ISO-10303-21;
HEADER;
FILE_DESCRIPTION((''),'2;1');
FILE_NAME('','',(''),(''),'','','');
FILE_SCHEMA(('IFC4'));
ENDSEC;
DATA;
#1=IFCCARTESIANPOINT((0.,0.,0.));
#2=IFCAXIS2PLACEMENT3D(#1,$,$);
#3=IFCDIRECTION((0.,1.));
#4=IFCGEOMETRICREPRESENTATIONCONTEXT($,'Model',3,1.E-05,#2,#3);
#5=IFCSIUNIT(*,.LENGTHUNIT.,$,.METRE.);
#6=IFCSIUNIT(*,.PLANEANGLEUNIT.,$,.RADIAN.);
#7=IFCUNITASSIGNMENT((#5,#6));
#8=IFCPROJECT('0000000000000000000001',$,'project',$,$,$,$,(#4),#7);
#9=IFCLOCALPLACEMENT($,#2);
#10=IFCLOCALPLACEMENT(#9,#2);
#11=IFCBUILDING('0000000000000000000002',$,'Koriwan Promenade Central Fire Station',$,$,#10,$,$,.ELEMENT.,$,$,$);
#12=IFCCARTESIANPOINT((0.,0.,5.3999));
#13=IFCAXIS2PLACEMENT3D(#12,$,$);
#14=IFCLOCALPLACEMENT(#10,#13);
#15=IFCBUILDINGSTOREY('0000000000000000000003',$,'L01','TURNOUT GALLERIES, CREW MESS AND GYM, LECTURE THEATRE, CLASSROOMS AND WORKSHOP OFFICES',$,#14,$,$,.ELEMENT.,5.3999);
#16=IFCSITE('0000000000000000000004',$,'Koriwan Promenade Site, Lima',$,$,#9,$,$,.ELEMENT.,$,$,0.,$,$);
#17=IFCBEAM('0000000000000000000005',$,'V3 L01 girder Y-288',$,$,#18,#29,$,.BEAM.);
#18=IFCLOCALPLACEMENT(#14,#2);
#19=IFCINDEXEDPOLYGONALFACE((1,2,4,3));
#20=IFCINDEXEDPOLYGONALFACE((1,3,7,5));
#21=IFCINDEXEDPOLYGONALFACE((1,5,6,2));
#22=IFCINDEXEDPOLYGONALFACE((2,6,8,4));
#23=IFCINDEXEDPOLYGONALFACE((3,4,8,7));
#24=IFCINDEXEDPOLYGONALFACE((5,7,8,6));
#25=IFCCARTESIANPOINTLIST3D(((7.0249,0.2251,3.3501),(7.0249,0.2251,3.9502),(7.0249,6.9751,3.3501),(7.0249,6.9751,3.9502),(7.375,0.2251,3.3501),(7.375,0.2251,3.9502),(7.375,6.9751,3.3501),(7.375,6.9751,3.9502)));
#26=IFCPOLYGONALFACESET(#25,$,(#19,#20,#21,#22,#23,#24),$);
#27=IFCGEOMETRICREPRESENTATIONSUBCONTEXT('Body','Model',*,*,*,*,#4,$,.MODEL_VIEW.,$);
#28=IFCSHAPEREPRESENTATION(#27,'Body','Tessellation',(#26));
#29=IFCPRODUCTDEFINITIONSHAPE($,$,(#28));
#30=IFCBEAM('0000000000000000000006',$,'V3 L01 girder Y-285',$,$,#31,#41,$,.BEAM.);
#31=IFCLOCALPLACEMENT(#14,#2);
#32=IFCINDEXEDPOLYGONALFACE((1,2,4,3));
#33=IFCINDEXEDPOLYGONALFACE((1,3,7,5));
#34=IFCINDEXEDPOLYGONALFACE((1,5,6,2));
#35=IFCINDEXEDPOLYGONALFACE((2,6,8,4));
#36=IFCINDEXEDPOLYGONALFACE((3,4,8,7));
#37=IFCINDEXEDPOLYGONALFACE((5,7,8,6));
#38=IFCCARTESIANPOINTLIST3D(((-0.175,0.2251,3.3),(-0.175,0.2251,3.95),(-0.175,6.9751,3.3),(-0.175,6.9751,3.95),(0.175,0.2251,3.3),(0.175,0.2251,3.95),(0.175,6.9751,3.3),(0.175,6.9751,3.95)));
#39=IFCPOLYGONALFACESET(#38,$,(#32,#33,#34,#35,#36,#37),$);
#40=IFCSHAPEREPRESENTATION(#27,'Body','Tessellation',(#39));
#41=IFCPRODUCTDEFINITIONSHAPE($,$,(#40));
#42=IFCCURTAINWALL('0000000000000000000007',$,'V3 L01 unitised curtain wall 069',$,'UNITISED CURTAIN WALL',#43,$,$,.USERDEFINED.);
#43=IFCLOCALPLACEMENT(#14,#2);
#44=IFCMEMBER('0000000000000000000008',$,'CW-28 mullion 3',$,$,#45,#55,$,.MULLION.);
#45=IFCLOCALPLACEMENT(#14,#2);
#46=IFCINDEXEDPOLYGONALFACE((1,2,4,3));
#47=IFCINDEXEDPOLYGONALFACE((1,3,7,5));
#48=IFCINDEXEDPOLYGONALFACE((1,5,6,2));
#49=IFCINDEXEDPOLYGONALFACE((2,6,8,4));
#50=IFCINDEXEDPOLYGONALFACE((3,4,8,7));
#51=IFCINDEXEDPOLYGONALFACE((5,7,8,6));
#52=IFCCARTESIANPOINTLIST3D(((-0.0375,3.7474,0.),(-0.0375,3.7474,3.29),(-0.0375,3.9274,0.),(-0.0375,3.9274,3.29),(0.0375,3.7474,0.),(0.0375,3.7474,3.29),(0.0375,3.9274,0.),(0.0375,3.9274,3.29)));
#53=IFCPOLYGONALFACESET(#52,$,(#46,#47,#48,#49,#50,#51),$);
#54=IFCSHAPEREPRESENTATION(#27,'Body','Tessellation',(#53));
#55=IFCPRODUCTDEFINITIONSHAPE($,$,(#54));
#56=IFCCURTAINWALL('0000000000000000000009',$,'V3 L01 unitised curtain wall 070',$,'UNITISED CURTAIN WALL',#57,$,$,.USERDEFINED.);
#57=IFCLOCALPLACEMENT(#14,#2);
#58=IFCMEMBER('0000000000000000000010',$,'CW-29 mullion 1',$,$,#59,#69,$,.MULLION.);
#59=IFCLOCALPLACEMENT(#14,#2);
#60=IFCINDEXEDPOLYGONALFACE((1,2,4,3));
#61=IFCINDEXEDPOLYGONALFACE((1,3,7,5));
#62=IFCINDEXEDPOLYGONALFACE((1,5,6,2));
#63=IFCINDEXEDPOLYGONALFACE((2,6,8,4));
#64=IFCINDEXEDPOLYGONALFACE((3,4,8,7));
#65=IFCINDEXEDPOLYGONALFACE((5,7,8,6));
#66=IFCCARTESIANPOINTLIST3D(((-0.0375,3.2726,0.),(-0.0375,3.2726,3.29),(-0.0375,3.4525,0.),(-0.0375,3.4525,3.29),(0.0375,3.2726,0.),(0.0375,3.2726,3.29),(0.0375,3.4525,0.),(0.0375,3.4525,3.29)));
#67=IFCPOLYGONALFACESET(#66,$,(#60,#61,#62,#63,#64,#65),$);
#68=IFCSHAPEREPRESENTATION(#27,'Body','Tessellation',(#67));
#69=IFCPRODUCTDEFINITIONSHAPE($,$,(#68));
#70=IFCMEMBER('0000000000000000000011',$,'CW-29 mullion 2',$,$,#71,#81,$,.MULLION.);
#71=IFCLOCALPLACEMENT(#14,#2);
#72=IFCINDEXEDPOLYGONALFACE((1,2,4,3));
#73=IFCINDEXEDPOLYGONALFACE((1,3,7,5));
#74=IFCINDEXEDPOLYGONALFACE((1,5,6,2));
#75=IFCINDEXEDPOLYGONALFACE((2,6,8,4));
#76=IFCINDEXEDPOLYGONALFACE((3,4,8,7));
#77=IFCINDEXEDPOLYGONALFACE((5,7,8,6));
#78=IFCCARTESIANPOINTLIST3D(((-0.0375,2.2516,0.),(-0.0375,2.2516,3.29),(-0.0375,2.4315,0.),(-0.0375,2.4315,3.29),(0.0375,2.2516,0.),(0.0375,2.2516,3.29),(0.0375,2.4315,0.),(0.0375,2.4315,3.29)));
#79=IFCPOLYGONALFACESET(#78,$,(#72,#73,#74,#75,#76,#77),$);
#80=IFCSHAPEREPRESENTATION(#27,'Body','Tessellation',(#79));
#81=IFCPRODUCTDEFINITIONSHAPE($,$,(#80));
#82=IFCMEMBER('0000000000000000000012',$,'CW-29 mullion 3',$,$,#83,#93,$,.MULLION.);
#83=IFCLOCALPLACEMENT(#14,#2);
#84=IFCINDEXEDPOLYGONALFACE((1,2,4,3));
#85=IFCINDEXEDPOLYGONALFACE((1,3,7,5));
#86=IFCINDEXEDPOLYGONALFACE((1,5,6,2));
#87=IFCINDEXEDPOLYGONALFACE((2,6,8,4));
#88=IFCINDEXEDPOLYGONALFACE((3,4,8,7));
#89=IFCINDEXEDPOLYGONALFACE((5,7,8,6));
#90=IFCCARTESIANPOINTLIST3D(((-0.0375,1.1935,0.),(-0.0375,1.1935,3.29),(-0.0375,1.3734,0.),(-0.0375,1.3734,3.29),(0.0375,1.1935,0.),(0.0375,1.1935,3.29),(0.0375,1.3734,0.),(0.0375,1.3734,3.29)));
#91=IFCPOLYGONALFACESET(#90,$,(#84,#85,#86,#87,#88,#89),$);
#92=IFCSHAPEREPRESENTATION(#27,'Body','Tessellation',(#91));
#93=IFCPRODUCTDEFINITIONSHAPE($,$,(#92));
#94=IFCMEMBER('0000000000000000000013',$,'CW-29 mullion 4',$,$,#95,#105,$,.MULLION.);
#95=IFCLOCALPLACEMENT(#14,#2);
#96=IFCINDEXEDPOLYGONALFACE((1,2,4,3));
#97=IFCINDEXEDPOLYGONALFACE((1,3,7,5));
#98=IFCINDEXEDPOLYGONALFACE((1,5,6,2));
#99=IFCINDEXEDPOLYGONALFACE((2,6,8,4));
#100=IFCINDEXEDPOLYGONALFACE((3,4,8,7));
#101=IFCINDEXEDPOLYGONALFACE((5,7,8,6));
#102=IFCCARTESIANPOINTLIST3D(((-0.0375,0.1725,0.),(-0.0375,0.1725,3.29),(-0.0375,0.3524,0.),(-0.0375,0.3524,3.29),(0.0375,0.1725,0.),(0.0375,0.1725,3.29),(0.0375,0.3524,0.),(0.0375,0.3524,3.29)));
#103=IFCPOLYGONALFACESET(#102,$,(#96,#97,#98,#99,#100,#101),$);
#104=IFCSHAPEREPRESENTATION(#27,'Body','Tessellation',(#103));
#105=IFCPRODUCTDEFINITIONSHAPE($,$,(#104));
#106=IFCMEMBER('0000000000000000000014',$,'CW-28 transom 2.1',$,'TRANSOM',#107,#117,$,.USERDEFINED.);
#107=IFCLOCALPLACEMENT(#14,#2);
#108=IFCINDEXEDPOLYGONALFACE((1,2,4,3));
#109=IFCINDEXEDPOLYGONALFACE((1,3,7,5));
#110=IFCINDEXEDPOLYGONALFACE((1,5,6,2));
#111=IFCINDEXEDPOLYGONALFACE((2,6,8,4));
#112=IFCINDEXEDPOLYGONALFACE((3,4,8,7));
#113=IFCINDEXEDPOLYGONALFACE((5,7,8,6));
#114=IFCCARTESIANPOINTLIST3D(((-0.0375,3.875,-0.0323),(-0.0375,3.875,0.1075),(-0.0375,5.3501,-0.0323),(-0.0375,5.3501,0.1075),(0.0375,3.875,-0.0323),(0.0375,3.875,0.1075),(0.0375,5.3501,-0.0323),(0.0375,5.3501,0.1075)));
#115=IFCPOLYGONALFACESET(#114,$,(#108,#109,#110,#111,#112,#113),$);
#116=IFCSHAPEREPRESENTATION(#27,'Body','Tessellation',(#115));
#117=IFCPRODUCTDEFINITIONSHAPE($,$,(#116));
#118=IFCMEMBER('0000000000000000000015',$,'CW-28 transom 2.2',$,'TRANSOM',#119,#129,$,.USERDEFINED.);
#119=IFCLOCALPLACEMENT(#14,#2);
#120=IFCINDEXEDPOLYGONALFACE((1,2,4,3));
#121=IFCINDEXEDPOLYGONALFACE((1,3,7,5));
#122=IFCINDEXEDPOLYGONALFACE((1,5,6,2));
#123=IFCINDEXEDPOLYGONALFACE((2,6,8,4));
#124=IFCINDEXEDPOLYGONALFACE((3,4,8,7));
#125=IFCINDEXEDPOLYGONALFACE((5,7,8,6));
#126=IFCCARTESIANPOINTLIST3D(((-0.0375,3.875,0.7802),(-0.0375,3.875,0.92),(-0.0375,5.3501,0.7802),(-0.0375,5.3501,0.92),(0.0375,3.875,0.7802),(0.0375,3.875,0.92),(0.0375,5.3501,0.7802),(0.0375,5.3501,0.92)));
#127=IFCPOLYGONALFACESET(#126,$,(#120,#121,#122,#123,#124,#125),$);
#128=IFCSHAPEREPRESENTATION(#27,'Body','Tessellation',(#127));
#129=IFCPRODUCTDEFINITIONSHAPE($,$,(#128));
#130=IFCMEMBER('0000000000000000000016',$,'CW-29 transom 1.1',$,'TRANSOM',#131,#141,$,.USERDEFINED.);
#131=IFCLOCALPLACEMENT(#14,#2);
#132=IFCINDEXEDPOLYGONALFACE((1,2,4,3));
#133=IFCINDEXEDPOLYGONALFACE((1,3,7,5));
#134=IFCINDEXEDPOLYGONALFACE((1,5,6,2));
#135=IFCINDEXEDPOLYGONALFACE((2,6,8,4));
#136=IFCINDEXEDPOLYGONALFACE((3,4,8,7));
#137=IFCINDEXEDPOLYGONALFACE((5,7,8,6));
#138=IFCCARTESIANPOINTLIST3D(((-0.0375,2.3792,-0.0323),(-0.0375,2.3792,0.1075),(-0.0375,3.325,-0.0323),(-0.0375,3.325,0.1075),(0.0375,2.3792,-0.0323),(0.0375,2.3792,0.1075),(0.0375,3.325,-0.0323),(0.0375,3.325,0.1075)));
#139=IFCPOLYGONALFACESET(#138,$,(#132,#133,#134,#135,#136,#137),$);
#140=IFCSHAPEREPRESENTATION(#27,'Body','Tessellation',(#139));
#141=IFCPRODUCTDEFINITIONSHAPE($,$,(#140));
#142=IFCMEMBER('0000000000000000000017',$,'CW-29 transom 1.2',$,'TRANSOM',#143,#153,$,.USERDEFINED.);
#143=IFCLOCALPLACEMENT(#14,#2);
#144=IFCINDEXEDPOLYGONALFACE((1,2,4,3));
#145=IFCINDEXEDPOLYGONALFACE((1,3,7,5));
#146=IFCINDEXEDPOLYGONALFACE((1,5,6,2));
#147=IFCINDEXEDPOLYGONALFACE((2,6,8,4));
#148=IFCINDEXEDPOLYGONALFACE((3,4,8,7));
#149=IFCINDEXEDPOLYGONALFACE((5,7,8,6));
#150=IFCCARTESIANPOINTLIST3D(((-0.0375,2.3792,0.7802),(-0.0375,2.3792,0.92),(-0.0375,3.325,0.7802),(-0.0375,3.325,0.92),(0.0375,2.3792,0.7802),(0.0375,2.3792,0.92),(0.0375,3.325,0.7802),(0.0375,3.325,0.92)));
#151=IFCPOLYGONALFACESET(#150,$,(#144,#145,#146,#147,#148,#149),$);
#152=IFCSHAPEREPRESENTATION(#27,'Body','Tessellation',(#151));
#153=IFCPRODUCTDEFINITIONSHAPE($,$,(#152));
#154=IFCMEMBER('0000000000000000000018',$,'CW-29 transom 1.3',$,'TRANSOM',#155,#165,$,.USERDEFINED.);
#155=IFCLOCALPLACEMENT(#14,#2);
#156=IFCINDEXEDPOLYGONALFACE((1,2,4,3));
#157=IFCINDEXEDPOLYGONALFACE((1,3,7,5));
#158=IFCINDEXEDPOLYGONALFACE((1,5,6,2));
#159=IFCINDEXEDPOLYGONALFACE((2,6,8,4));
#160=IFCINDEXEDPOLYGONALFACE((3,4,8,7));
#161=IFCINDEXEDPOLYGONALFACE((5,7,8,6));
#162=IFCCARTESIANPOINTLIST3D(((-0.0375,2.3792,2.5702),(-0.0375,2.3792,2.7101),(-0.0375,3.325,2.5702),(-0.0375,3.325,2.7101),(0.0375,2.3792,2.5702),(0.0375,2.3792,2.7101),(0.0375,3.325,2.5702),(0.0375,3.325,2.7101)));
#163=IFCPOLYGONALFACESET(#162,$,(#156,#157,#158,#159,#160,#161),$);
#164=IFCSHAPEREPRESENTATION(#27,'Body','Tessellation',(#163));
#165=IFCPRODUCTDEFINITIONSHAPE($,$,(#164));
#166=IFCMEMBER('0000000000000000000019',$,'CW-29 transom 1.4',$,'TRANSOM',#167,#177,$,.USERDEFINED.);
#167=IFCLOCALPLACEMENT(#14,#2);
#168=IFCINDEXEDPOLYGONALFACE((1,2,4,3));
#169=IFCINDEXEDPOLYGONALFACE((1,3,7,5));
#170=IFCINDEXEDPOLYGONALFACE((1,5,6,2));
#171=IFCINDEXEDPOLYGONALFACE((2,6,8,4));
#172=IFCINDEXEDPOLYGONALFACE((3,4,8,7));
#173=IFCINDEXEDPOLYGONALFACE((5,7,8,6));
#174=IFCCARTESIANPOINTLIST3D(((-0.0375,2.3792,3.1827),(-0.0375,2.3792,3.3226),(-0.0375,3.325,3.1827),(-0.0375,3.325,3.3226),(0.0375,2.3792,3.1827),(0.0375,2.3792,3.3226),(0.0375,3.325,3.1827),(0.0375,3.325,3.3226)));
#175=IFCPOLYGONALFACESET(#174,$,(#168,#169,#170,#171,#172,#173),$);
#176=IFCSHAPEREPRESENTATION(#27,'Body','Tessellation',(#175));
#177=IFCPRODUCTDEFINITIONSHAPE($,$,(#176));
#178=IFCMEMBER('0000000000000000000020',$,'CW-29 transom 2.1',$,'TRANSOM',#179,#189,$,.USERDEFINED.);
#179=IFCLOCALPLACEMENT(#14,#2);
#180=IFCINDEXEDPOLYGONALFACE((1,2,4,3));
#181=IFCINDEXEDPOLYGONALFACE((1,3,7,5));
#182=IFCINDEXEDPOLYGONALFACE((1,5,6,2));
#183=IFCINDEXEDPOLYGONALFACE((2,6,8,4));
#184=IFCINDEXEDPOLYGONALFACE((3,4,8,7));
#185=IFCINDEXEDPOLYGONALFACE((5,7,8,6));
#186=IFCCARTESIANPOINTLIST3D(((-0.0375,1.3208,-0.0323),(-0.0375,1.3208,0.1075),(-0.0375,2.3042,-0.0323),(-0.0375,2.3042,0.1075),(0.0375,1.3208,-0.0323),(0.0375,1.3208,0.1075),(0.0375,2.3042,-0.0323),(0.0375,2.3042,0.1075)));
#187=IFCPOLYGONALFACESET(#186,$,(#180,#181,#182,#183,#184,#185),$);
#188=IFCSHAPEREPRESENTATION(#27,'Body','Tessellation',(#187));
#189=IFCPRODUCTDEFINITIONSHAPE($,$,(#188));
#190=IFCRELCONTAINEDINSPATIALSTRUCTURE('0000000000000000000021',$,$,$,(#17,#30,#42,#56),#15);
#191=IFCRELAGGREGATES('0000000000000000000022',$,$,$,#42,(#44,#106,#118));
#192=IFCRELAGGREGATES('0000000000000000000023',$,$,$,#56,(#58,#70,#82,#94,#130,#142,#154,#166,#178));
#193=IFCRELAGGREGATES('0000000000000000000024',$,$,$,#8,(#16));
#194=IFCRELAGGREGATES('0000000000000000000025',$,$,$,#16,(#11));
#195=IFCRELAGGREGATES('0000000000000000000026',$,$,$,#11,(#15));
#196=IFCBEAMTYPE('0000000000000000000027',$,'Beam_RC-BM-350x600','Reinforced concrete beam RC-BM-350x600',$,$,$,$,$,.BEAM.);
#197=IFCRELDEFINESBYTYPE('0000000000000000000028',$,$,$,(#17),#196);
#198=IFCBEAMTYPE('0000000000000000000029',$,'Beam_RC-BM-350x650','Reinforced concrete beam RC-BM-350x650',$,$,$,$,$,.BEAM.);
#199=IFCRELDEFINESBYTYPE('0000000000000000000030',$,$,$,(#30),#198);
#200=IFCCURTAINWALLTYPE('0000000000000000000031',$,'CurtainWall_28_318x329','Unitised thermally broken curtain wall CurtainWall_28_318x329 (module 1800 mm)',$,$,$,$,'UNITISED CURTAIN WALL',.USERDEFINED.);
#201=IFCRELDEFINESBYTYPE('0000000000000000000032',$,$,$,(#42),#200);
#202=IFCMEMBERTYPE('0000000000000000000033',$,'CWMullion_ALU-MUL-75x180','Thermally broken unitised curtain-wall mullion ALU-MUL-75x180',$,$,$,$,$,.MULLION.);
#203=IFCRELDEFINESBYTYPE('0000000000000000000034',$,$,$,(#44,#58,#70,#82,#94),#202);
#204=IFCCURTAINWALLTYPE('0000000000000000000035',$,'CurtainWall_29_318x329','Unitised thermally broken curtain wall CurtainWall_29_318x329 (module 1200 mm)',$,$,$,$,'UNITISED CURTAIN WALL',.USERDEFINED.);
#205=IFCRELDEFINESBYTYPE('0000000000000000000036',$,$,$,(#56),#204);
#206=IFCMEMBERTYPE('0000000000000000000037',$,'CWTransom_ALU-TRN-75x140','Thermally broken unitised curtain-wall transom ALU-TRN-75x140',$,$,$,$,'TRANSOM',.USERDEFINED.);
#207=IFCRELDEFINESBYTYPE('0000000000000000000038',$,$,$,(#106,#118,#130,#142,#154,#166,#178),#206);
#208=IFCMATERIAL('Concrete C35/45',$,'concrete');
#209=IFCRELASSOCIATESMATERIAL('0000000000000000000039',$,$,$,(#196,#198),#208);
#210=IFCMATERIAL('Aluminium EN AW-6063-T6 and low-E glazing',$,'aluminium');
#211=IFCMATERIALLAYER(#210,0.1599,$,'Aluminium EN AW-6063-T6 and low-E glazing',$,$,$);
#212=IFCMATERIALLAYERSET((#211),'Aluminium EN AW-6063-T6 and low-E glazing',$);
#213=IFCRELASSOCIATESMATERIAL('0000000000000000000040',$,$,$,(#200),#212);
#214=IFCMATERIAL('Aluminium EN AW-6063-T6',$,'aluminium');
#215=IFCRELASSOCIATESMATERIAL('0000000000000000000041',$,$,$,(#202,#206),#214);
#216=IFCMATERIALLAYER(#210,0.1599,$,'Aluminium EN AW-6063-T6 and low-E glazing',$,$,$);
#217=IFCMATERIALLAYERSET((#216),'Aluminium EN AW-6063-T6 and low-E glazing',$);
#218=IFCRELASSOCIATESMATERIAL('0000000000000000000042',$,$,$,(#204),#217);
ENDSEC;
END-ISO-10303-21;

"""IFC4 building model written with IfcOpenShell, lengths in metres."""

from ifc_helpers import new_model, si_unit, direction, frame, origin, origin_2d, place, context, subcontext, project, spatial, rectangle, extrude, material, layer, layer_set, material_profile, profile_set, type_object, element, aggregate, save


model = new_model("IFC4")

# Units and contexts
model_context = context("Model", 3, precision=1e-05, world=origin(), true_north=direction((0.0, 1.0)))
body_context = subcontext(model_context, "Body", "Model", "MODEL_VIEW")
ifc_project = project(units=[si_unit("LENGTHUNIT", "METRE"), si_unit("PLANEANGLEUNIT", "RADIAN")], contexts=[model_context])

# Site, building, storey
site_placement = place(None, origin())
site = spatial("IfcSite", under=ifc_project, at=site_placement, Name="Koriwan Promenade Site, Lima", CompositionType="ELEMENT", RefElevation=0.0)
building_placement = place(site_placement, origin())
building = spatial("IfcBuilding", under=site, at=building_placement, Name="Koriwan Promenade Central Fire Station", CompositionType="ELEMENT")
storey_placement = place(building_placement, frame((0.0, 0.0, 5.3999)))
storey = spatial("IfcBuildingStorey", under=building, at=storey_placement, Name="L01", Description="TURNOUT GALLERIES, CREW MESS AND GYM, LECTURE THEATRE, CLASSROOMS AND WORKSHOP OFFICES", CompositionType="ELEMENT", Elevation=5.3999)

# Beams
ifc_material_1 = material(Name="Concrete C35/45", Category="concrete")
ifc_material_profile_1 = material_profile(ifc_material_1, rectangle(XDim=0.3501, YDim=0.6001, at=origin_2d()), Name="RC-BM-350x600")
ifc_profile_set_1 = profile_set([ifc_material_profile_1], Name="Concrete C35/45")
beam_type_1 = type_object("IfcBeamType", Name="Beam_RC-BM-350x600", Description="Reinforced concrete beam RC-BM-350x600", PredefinedType="BEAM", material=ifc_profile_set_1)
beam_1_placement = place(storey_placement, frame((7.2, 0.2251, 3.6501), z_axis=(0.0, 1.0, 0.0), x_axis=(-1.0, 0.0, 0.0)))
element("IfcBeam", 1, at=beam_1_placement, inside=storey, type_object=beam_type_1, Name="V3 L01 girder Y-288", PredefinedType="BEAM", context=body_context, shape_type="SweptSolid", body=[
    extrude(rectangle(XDim=0.3501, YDim=0.6001, at=origin_2d()), origin(), (0.0, 0.0, 1.0), 6.75),
])
ifc_material_profile_2 = material_profile(ifc_material_1, rectangle(XDim=0.3501, YDim=0.6499, at=origin_2d()), Name="RC-BM-350x650")
ifc_profile_set_2 = profile_set([ifc_material_profile_2], Name="Concrete C35/45")
beam_type_2 = type_object("IfcBeamType", Name="Beam_RC-BM-350x650", Description="Reinforced concrete beam RC-BM-350x650", PredefinedType="BEAM", material=ifc_profile_set_2)
beam_2_placement = place(storey_placement, frame((0.0, 0.2251, 3.625), z_axis=(0.0, 1.0, 0.0), x_axis=(-1.0, 0.0, 0.0)))
element("IfcBeam", 2, at=beam_2_placement, inside=storey, type_object=beam_type_2, Name="V3 L01 girder Y-285", PredefinedType="BEAM", context=body_context, shape_type="SweptSolid", body=[
    extrude(rectangle(XDim=0.3501, YDim=0.6499, at=origin_2d()), origin(), (0.0, 0.0, 1.0), 6.75),
])

# Curtain wall, member
ifc_material_2 = material(Name="Aluminium EN AW-6063-T6 and low-E glazing", Category="aluminium")
ifc_layer_1 = layer(ifc_material_2, 0.1599, Name="Aluminium EN AW-6063-T6 and low-E glazing")
ifc_layer_set_1 = layer_set([ifc_layer_1], Name="Aluminium EN AW-6063-T6 and low-E glazing")
curtain_wall_type_1 = type_object("IfcCurtainWallType", Name="CurtainWall_28_318x329", Description="Unitised thermally broken curtain wall CurtainWall_28_318x329 (module 1800 mm)", ElementType="UNITISED CURTAIN WALL", PredefinedType="USERDEFINED", material=ifc_layer_set_1)
curtain_wall_1_placement = place(storey_placement, origin())
curtain_wall_1 = element("IfcCurtainWall", 3, at=curtain_wall_1_placement, inside=storey, type_object=curtain_wall_type_1, Name="V3 L01 unitised curtain wall 069", ObjectType="UNITISED CURTAIN WALL", PredefinedType="USERDEFINED")
ifc_material_3 = material(Name="Aluminium EN AW-6063-T6", Category="aluminium")
ifc_material_profile_3 = material_profile(ifc_material_3, rectangle(XDim=0.075, YDim=0.1799, at=origin_2d()), Name="ALU-MUL-75x180")
ifc_profile_set_3 = profile_set([ifc_material_profile_3], Name="Aluminium EN AW-6063-T6")
member_type_1 = type_object("IfcMemberType", Name="CWMullion_ALU-MUL-75x180", Description="Thermally broken unitised curtain-wall mullion ALU-MUL-75x180", PredefinedType="MULLION", material=ifc_profile_set_3)
member_1_placement = place(storey_placement, frame((0.0, 3.8374, 0.0), z_axis=(0.0, 0.0, 1.0), x_axis=(1.0, 0.0, 0.0)))
member_1 = element("IfcMember", 4, at=member_1_placement, type_object=member_type_1, Name="CW-28 mullion 3", PredefinedType="MULLION", context=body_context, shape_type="SweptSolid", body=[
    extrude(rectangle(XDim=0.075, YDim=0.1799, at=origin_2d()), origin(), (0.0, 0.0, 1.0), 3.29),
])

# Curtain wall, members
ifc_layer_2 = layer(ifc_material_2, 0.1599, Name="Aluminium EN AW-6063-T6 and low-E glazing")
ifc_layer_set_2 = layer_set([ifc_layer_2], Name="Aluminium EN AW-6063-T6 and low-E glazing")
curtain_wall_type_2 = type_object("IfcCurtainWallType", Name="CurtainWall_29_318x329", Description="Unitised thermally broken curtain wall CurtainWall_29_318x329 (module 1200 mm)", ElementType="UNITISED CURTAIN WALL", PredefinedType="USERDEFINED", material=ifc_layer_set_2)
curtain_wall_2_placement = place(storey_placement, origin())
curtain_wall_2 = element("IfcCurtainWall", 5, at=curtain_wall_2_placement, inside=storey, type_object=curtain_wall_type_2, Name="V3 L01 unitised curtain wall 070", ObjectType="UNITISED CURTAIN WALL", PredefinedType="USERDEFINED")
member_2_placement = place(storey_placement, frame((0.0, 3.3625, 0.0), z_axis=(0.0, 0.0, 1.0), x_axis=(1.0, 0.0, 0.0)))
member_2 = element("IfcMember", 6, at=member_2_placement, type_object=member_type_1, Name="CW-29 mullion 1", PredefinedType="MULLION", context=body_context, shape_type="SweptSolid", body=[
    extrude(rectangle(XDim=0.075, YDim=0.1799, at=origin_2d()), origin(), (0.0, 0.0, 1.0), 3.29),
])
member_3_placement = place(storey_placement, frame((0.0, 2.3416, 0.0), z_axis=(0.0, 0.0, 1.0), x_axis=(1.0, 0.0, 0.0)))
member_3 = element("IfcMember", 7, at=member_3_placement, type_object=member_type_1, Name="CW-29 mullion 2", PredefinedType="MULLION", context=body_context, shape_type="SweptSolid", body=[
    extrude(rectangle(XDim=0.075, YDim=0.1799, at=origin_2d()), origin(), (0.0, 0.0, 1.0), 3.29),
])
member_4_placement = place(storey_placement, frame((0.0, 1.2834, 0.0), z_axis=(0.0, 0.0, 1.0), x_axis=(1.0, 0.0, 0.0)))
member_4 = element("IfcMember", 8, at=member_4_placement, type_object=member_type_1, Name="CW-29 mullion 3", PredefinedType="MULLION", context=body_context, shape_type="SweptSolid", body=[
    extrude(rectangle(XDim=0.075, YDim=0.1799, at=origin_2d()), origin(), (0.0, 0.0, 1.0), 3.29),
])
member_5_placement = place(storey_placement, frame((0.0, 0.2625, 0.0), z_axis=(0.0, 0.0, 1.0), x_axis=(1.0, 0.0, 0.0)))
member_5 = element("IfcMember", 9, at=member_5_placement, type_object=member_type_1, Name="CW-29 mullion 4", PredefinedType="MULLION", context=body_context, shape_type="SweptSolid", body=[
    extrude(rectangle(XDim=0.075, YDim=0.1799, at=origin_2d()), origin(), (0.0, 0.0, 1.0), 3.29),
])

# Members
ifc_material_profile_4 = material_profile(ifc_material_3, rectangle(XDim=0.075, YDim=0.1399, at=origin_2d()), Name="ALU-TRN-75x140")
ifc_profile_set_4 = profile_set([ifc_material_profile_4], Name="Aluminium EN AW-6063-T6")
member_type_2 = type_object("IfcMemberType", Name="CWTransom_ALU-TRN-75x140", Description="Thermally broken unitised curtain-wall transom ALU-TRN-75x140", ElementType="TRANSOM", PredefinedType="USERDEFINED", material=ifc_profile_set_4)
member_6_placement = place(storey_placement, frame((0.0, 5.3501, 0.0376), z_axis=(0.0, -1.0, 0.0), x_axis=(1.0, 0.0, 0.0)))
member_6 = element("IfcMember", 10, at=member_6_placement, type_object=member_type_2, Name="CW-28 transom 2.1", ObjectType="TRANSOM", PredefinedType="USERDEFINED", context=body_context, shape_type="SweptSolid", body=[
    extrude(rectangle(XDim=0.075, YDim=0.1399, at=origin_2d()), origin(), (0.0, 0.0, 1.0), 1.4751),
])
member_7_placement = place(storey_placement, frame((0.0, 5.3501, 0.8501), z_axis=(0.0, -1.0, 0.0), x_axis=(1.0, 0.0, 0.0)))
member_7 = element("IfcMember", 11, at=member_7_placement, type_object=member_type_2, Name="CW-28 transom 2.2", ObjectType="TRANSOM", PredefinedType="USERDEFINED", context=body_context, shape_type="SweptSolid", body=[
    extrude(rectangle(XDim=0.075, YDim=0.1399, at=origin_2d()), origin(), (0.0, 0.0, 1.0), 1.4751),
])
member_8_placement = place(storey_placement, frame((0.0, 3.325, 0.0376), z_axis=(0.0, -1.0, 0.0), x_axis=(1.0, 0.0, 0.0)))
member_8 = element("IfcMember", 12, at=member_8_placement, type_object=member_type_2, Name="CW-29 transom 1.1", ObjectType="TRANSOM", PredefinedType="USERDEFINED", context=body_context, shape_type="SweptSolid", body=[
    extrude(rectangle(XDim=0.075, YDim=0.1399, at=origin_2d()), origin(), (0.0, 0.0, 1.0), 0.9458),
])
member_9_placement = place(storey_placement, frame((0.0, 3.325, 0.8501), z_axis=(0.0, -1.0, 0.0), x_axis=(1.0, 0.0, 0.0)))
member_9 = element("IfcMember", 13, at=member_9_placement, type_object=member_type_2, Name="CW-29 transom 1.2", ObjectType="TRANSOM", PredefinedType="USERDEFINED", context=body_context, shape_type="SweptSolid", body=[
    extrude(rectangle(XDim=0.075, YDim=0.1399, at=origin_2d()), origin(), (0.0, 0.0, 1.0), 0.9458),
])
member_10_placement = place(storey_placement, frame((0.0, 3.325, 2.6401), z_axis=(0.0, -1.0, 0.0), x_axis=(1.0, 0.0, 0.0)))
member_10 = element("IfcMember", 14, at=member_10_placement, type_object=member_type_2, Name="CW-29 transom 1.3", ObjectType="TRANSOM", PredefinedType="USERDEFINED", context=body_context, shape_type="SweptSolid", body=[
    extrude(rectangle(XDim=0.075, YDim=0.1399, at=origin_2d()), origin(), (0.0, 0.0, 1.0), 0.9458),
])
member_11_placement = place(storey_placement, frame((0.0, 3.325, 3.2527), z_axis=(0.0, -1.0, 0.0), x_axis=(1.0, 0.0, 0.0)))
member_11 = element("IfcMember", 15, at=member_11_placement, type_object=member_type_2, Name="CW-29 transom 1.4", ObjectType="TRANSOM", PredefinedType="USERDEFINED", context=body_context, shape_type="SweptSolid", body=[
    extrude(rectangle(XDim=0.075, YDim=0.1399, at=origin_2d()), origin(), (0.0, 0.0, 1.0), 0.9458),
])
member_12_placement = place(storey_placement, frame((0.0, 2.3042, 0.0376), z_axis=(0.0, -1.0, 0.0), x_axis=(1.0, 0.0, 0.0)))
member_12 = element("IfcMember", 16, at=member_12_placement, type_object=member_type_2, Name="CW-29 transom 2.1", ObjectType="TRANSOM", PredefinedType="USERDEFINED", context=body_context, shape_type="SweptSolid", body=[
    extrude(rectangle(XDim=0.075, YDim=0.1399, at=origin_2d()), origin(), (0.0, 0.0, 1.0), 0.9834),
])

aggregate(curtain_wall_1, [member_1, member_6, member_7])
aggregate(curtain_wall_2, [member_2, member_3, member_4, member_5, member_8, member_9, member_10, member_11, member_12])

save(model, "model.ifc")
